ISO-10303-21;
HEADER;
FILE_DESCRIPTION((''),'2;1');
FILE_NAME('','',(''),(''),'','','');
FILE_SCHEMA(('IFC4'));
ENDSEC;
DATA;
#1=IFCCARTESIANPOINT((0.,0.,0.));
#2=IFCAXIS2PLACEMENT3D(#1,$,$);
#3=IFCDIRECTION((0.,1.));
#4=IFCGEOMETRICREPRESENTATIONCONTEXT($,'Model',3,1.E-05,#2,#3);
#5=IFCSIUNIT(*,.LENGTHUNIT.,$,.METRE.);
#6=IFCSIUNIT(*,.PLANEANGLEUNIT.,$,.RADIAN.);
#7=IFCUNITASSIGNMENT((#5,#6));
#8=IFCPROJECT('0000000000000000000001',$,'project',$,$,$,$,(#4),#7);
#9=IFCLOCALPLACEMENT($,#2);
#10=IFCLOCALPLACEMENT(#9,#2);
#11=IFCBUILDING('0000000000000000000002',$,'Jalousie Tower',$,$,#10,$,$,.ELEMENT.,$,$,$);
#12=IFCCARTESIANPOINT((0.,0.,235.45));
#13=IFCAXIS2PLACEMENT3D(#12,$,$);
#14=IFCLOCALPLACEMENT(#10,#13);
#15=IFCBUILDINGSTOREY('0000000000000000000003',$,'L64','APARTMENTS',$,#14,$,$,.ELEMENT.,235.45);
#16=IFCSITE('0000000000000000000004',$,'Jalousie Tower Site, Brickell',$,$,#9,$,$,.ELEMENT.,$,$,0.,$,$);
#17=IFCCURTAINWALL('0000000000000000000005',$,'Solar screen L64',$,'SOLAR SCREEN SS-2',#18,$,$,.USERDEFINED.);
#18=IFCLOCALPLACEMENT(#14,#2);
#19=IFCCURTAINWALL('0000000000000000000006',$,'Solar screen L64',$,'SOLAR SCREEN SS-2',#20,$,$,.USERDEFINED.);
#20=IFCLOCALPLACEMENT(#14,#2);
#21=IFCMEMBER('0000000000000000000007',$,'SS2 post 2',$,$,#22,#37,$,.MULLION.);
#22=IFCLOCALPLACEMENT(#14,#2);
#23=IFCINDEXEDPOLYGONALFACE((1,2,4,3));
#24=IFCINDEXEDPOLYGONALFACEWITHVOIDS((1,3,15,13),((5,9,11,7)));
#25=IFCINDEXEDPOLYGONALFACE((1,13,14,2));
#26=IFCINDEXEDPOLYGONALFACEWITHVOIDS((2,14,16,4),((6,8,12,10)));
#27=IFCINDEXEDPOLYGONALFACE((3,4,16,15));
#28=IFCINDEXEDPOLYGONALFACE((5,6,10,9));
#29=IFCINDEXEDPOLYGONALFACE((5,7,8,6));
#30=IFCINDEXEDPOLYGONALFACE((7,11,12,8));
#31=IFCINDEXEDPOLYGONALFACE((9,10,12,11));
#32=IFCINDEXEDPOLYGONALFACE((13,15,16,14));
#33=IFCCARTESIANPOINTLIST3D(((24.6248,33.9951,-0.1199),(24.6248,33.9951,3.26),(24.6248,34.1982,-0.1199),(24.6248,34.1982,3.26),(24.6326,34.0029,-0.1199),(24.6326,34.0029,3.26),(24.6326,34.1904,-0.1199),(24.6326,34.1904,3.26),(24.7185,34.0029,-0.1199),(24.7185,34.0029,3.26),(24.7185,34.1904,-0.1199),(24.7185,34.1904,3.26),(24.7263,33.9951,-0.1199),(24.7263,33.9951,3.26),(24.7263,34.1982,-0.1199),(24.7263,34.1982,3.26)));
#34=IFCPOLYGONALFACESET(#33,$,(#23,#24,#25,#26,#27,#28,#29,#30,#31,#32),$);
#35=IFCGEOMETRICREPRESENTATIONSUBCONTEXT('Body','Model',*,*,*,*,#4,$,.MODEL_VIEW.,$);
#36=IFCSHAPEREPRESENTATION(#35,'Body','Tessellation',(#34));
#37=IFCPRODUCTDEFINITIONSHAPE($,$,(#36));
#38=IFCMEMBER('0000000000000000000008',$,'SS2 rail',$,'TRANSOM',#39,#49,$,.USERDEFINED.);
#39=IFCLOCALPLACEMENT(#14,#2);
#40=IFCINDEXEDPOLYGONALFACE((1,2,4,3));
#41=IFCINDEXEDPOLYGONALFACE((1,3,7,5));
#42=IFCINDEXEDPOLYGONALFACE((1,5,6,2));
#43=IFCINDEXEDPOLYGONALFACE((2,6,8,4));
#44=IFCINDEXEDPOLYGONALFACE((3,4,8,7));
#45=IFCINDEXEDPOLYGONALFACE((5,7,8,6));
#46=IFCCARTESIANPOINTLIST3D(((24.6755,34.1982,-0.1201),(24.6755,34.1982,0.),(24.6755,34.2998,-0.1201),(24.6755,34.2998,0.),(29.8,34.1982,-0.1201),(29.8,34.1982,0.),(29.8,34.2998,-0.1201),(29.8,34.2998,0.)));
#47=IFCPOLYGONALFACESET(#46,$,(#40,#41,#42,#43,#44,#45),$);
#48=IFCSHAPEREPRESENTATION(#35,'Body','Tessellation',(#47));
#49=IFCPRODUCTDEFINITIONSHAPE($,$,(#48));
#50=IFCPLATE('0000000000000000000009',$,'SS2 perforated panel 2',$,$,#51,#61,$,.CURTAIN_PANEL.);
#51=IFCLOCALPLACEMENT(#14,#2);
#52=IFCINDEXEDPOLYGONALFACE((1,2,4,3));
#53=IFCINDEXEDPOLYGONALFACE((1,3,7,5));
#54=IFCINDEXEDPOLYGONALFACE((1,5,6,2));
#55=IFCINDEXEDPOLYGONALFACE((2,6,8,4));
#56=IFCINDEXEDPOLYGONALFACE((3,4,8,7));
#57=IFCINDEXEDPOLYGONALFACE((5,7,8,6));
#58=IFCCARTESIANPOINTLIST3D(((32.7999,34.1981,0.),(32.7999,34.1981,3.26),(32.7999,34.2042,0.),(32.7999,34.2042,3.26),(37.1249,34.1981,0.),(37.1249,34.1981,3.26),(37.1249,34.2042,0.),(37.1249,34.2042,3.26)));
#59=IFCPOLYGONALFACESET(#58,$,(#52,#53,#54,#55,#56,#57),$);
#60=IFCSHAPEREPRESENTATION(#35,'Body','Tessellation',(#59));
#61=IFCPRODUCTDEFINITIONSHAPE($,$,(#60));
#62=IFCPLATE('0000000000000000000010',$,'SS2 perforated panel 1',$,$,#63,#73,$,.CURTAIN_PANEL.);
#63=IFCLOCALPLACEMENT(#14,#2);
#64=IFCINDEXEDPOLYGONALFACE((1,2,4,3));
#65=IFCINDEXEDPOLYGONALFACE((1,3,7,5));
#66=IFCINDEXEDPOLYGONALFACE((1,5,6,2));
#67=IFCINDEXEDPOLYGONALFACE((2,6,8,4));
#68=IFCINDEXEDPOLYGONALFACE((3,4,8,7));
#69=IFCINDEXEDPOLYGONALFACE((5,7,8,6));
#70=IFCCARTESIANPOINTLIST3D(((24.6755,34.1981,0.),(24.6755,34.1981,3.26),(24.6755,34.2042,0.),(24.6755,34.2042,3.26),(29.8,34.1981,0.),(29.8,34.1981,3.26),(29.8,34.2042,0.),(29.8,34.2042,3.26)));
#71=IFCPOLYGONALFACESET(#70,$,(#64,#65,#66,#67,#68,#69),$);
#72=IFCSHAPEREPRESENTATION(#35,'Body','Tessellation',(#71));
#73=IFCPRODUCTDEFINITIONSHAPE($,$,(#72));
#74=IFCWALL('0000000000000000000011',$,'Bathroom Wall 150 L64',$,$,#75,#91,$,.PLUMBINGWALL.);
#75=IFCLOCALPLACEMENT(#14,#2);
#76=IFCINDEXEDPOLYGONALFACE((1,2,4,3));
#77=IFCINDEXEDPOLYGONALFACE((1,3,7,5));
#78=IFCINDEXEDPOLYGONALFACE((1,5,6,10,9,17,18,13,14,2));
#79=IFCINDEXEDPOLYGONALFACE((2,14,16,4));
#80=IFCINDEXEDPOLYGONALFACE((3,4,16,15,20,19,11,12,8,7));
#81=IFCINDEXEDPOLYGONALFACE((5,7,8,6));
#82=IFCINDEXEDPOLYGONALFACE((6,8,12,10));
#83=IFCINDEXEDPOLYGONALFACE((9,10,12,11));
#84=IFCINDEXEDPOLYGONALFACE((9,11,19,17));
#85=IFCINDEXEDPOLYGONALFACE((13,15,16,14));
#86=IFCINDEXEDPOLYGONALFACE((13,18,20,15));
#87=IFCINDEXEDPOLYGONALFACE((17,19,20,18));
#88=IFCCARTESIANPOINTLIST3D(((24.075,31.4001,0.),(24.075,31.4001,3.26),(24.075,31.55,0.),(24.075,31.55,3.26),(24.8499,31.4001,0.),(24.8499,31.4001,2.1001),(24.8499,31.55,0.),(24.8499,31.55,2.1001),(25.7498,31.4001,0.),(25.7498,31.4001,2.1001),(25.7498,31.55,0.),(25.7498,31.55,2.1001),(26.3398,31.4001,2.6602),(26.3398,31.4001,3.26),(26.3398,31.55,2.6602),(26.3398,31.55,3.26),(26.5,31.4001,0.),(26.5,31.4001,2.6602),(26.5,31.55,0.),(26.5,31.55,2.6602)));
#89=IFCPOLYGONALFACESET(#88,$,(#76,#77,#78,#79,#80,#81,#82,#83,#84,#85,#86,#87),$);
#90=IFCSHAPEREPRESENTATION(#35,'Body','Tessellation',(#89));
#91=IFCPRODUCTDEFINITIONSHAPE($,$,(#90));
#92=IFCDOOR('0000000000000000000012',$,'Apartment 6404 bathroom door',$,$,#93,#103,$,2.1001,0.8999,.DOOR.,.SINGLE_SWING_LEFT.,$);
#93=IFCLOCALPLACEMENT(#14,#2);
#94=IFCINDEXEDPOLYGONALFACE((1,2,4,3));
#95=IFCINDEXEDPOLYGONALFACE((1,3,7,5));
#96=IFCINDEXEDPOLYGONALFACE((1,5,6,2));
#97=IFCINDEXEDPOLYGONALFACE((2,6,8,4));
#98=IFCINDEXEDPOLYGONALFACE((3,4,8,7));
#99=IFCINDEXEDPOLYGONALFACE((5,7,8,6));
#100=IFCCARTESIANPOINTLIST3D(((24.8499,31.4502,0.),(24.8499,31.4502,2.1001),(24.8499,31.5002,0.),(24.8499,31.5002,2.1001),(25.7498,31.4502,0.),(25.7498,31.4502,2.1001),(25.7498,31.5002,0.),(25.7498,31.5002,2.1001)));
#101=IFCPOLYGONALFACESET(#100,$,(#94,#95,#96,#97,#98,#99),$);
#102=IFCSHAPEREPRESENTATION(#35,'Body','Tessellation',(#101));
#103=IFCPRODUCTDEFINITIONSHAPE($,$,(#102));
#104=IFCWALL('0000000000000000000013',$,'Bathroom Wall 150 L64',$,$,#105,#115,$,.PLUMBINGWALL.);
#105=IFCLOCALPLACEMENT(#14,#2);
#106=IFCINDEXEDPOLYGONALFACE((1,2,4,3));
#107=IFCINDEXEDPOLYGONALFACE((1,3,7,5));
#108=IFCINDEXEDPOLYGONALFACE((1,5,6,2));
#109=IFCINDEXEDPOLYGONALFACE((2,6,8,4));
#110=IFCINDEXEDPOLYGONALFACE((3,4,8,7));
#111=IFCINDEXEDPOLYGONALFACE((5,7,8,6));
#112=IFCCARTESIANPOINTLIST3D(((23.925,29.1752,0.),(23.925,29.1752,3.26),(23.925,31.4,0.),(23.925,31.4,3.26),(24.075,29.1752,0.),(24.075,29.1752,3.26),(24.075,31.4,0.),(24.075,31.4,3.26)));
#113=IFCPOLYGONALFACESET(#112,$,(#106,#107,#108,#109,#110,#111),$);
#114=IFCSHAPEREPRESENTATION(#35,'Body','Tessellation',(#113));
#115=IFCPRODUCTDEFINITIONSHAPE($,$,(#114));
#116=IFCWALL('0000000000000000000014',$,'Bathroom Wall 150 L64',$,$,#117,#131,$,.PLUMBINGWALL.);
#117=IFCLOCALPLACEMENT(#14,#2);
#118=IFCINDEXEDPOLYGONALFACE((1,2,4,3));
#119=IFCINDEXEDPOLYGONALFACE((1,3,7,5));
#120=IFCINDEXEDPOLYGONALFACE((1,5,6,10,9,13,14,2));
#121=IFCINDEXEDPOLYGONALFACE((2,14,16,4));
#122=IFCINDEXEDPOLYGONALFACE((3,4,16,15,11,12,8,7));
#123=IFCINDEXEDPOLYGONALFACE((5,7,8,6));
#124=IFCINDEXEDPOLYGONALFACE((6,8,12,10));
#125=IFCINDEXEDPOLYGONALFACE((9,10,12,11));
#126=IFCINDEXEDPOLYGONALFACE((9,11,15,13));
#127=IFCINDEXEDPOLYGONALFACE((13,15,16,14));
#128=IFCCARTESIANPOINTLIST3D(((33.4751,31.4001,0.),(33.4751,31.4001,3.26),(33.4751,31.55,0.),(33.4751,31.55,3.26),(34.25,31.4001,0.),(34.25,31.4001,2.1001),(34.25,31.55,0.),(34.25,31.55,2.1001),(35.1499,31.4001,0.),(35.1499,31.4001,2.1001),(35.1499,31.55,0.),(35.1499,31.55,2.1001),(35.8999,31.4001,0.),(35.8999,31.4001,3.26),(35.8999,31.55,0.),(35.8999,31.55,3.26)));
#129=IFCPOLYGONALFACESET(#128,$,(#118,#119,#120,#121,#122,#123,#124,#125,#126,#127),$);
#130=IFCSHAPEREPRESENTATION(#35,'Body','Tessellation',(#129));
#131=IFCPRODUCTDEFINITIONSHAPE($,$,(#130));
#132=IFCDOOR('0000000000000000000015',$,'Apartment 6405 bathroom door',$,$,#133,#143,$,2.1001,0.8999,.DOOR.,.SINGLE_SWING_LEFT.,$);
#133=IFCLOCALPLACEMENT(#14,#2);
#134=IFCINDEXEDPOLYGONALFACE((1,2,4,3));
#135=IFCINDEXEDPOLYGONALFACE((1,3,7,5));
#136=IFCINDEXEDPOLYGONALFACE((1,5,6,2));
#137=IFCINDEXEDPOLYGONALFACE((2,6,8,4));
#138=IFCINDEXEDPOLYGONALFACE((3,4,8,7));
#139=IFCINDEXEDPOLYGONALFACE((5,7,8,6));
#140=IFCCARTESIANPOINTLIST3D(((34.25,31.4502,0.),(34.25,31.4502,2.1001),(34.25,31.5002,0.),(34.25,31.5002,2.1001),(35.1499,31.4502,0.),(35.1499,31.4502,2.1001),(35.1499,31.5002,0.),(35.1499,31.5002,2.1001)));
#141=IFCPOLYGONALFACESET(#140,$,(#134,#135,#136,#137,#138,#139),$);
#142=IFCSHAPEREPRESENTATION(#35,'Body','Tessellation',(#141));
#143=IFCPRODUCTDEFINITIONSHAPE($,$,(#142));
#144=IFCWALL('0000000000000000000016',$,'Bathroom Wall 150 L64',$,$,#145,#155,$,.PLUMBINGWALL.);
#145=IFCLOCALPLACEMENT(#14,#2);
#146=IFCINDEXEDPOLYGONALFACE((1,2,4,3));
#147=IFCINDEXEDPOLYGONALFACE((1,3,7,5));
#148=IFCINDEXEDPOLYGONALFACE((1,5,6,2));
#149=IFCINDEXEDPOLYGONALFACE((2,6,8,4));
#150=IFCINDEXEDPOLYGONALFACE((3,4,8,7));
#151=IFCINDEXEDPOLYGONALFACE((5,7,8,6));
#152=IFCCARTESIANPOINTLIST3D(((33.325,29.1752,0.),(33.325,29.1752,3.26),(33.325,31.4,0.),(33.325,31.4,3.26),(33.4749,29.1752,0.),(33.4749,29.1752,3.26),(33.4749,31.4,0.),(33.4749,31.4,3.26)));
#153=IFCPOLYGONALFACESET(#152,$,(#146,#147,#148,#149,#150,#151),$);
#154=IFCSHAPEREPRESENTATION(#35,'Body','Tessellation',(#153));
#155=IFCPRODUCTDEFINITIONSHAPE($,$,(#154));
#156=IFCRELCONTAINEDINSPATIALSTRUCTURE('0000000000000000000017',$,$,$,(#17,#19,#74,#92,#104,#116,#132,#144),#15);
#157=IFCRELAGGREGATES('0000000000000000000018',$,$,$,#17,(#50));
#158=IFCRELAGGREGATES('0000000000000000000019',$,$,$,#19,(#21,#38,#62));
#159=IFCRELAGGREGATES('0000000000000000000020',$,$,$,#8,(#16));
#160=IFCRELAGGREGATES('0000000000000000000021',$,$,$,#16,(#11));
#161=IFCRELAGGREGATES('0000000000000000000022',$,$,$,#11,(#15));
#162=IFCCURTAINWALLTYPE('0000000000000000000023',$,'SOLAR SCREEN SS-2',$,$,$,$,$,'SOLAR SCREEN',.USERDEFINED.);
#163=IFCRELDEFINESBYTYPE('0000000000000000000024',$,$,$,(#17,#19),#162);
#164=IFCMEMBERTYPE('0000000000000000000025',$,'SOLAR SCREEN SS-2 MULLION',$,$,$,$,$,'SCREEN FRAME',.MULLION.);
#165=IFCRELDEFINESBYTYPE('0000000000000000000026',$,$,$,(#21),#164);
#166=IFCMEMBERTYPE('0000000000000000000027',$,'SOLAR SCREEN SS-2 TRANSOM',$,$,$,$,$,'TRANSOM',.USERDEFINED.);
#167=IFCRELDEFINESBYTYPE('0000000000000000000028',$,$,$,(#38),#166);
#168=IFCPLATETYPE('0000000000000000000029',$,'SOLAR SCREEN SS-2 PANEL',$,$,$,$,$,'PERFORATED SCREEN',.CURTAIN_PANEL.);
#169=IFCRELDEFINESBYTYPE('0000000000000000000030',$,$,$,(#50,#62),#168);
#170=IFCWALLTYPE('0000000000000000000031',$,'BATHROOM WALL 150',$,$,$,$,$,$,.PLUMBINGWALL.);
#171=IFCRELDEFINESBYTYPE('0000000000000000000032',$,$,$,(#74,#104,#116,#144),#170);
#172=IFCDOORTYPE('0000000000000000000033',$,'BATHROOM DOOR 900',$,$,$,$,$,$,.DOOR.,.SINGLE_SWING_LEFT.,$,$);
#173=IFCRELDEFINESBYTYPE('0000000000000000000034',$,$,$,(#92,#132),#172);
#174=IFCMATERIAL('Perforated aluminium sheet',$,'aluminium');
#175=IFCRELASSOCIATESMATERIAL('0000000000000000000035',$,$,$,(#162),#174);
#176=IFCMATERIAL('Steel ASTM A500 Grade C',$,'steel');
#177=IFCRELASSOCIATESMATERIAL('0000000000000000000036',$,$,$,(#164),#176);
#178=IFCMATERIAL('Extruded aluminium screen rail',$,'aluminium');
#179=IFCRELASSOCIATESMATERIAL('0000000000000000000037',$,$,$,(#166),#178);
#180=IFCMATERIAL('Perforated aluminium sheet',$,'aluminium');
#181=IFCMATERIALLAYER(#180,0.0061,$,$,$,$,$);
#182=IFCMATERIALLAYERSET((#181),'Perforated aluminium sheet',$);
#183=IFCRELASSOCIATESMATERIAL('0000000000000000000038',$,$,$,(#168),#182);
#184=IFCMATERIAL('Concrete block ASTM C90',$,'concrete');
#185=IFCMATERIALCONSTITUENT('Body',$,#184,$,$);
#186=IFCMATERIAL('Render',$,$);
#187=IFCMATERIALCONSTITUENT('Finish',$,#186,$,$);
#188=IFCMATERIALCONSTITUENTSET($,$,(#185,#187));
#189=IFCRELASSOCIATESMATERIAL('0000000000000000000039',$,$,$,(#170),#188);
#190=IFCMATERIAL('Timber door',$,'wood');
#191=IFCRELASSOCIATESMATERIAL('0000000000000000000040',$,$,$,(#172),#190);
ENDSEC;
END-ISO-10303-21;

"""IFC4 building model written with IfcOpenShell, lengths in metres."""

from ifc_helpers import new_model, si_unit, direction, frame, frame_2d, origin, origin_2d, place, context, subcontext, project, spatial, polyline, rectangle, hollow_rectangle, outline, extrude, material, layer, layer_set, constituent, constituent_set, material_profile, profile_set, type_object, element, fill, aggregate, save


model = new_model("IFC4")

# Units and contexts
model_context = context("Model", 3, precision=1e-05, world=origin(), true_north=direction((0.0, 1.0)))
body_context = subcontext(model_context, "Body", "Model", "MODEL_VIEW")
ifc_project = project(units=[si_unit("LENGTHUNIT", "METRE"), si_unit("PLANEANGLEUNIT", "RADIAN")], contexts=[model_context])

# Site, building, storey
site_placement = place(None, origin())
site = spatial("IfcSite", under=ifc_project, at=site_placement, Name="Jalousie Tower Site, Brickell", CompositionType="ELEMENT", RefElevation=0.0)
building_placement = place(site_placement, origin())
building = spatial("IfcBuilding", under=site, at=building_placement, Name="Jalousie Tower", CompositionType="ELEMENT")
storey_placement = place(building_placement, frame((0.0, 0.0, 235.45)))
storey = spatial("IfcBuildingStorey", under=building, at=storey_placement, Name="L64", Description="APARTMENTS", CompositionType="ELEMENT", Elevation=235.45)

# Curtain wall
ifc_material_1 = material(Name="Perforated aluminium sheet", Category="aluminium")
curtain_wall_type = type_object("IfcCurtainWallType", Name="SOLAR SCREEN SS-2", ElementType="SOLAR SCREEN", PredefinedType="USERDEFINED", material=ifc_material_1)
curtain_wall_1_placement = place(storey_placement, origin())
curtain_wall_1 = element("IfcCurtainWall", 1, at=curtain_wall_1_placement, inside=storey, type_object=curtain_wall_type, Name="Solar screen L64", ObjectType="SOLAR SCREEN SS-2", PredefinedType="USERDEFINED")
ifc_material_2 = material(Name="Steel ASTM A500 Grade C", Category="steel")
ifc_material_profile_1 = material_profile(ifc_material_2, hollow_rectangle(XDim=0.1016, YDim=0.2031, WallThickness=0.0078, at=origin_2d()), Name="HSS8X4X5/16")
ifc_profile_set_1 = profile_set([ifc_material_profile_1], Name="Steel ASTM A500 Grade C")
member_type_1 = type_object("IfcMemberType", Name="SOLAR SCREEN SS-2 MULLION", ElementType="SCREEN FRAME", PredefinedType="MULLION", material=ifc_profile_set_1)

# Curtain wall, members
curtain_wall_2_placement = place(storey_placement, origin())
curtain_wall_2 = element("IfcCurtainWall", 2, at=curtain_wall_2_placement, inside=storey, type_object=curtain_wall_type, Name="Solar screen L64", ObjectType="SOLAR SCREEN SS-2", PredefinedType="USERDEFINED")
member_1_placement = place(storey_placement, frame((24.6755, 34.0967, -0.1199), z_axis=(0.0, 0.0, 1.0), x_axis=(-1.0, 0.0, 0.0)))
member_1 = element("IfcMember", 3, at=member_1_placement, type_object=member_type_1, Name="SS2 post 2", PredefinedType="MULLION", context=body_context, shape_type="SweptSolid", body=[
    extrude(hollow_rectangle(XDim=0.1016, YDim=0.2031, WallThickness=0.0078, at=origin_2d()), origin(), (0.0, 0.0, 1.0), 3.3799),
])
ifc_material_3 = material(Name="Extruded aluminium screen rail", Category="aluminium")
ifc_material_profile_2 = material_profile(ifc_material_3, rectangle(XDim=0.1016, YDim=0.1201, at=origin_2d()), Name="RAIL 102x120")
ifc_profile_set_2 = profile_set([ifc_material_profile_2], Name="Extruded aluminium screen rail")
member_type_2 = type_object("IfcMemberType", Name="SOLAR SCREEN SS-2 TRANSOM", ElementType="TRANSOM", PredefinedType="USERDEFINED", material=ifc_profile_set_2)
member_2_placement = place(storey_placement, frame((29.8, 34.249, -0.0601), z_axis=(-1.0, 0.0, 0.0), x_axis=(0.0, -1.0, 0.0)))
member_2 = element("IfcMember", 4, at=member_2_placement, type_object=member_type_2, Name="SS2 rail", ObjectType="TRANSOM", PredefinedType="USERDEFINED", context=body_context, shape_type="SweptSolid", body=[
    extrude(rectangle(XDim=0.1016, YDim=0.1201, at=origin_2d()), origin(), (0.0, 0.0, 1.0), 5.1245),
])

# Plates
ifc_material_4 = material(Name="Perforated aluminium sheet", Category="aluminium")
ifc_layer = layer(ifc_material_4, 0.0061)
ifc_layer_set = layer_set([ifc_layer], Name="Perforated aluminium sheet")
plate_type = type_object("IfcPlateType", Name="SOLAR SCREEN SS-2 PANEL", ElementType="PERFORATED SCREEN", PredefinedType="CURTAIN_PANEL", material=ifc_layer_set)
plate_1_placement = place(storey_placement, frame((34.9624, 34.2012, 0.0), z_axis=(0.0, 0.0, 1.0), x_axis=(-1.0, 0.0, 0.0)))
plate_1 = element("IfcPlate", 5, at=plate_1_placement, type_object=plate_type, Name="SS2 perforated panel 2", PredefinedType="CURTAIN_PANEL", context=body_context, shape_type="SweptSolid", body=[
    extrude(rectangle(XDim=4.325, YDim=0.0061, at=origin_2d()), origin(), (0.0, 0.0, 1.0), 3.26),
])
aggregate(curtain_wall_1, [plate_1])
plate_2_placement = place(storey_placement, frame((27.2378, 34.2012, 0.0), z_axis=(0.0, 0.0, 1.0), x_axis=(-1.0, 0.0, 0.0)))
plate_2 = element("IfcPlate", 6, at=plate_2_placement, type_object=plate_type, Name="SS2 perforated panel 1", PredefinedType="CURTAIN_PANEL", context=body_context, shape_type="SweptSolid", body=[
    extrude(rectangle(XDim=5.1245, YDim=0.0061, at=origin_2d()), origin(), (0.0, 0.0, 1.0), 3.26),
])
aggregate(curtain_wall_2, [member_1, member_2, plate_2])

# Wall, opening, door
ifc_material_5 = material(Name="Concrete block ASTM C90", Category="concrete")
ifc_constituent_1 = constituent(ifc_material_5, Name="Body")
ifc_material_6 = material(Name="Render")
ifc_constituent_2 = constituent(ifc_material_6, Name="Finish")
ifc_constituent_set_1 = constituent_set(constituents=[ifc_constituent_1, ifc_constituent_2])
wall_type_1 = type_object("IfcWallType", Name="BATHROOM WALL 150", PredefinedType="PLUMBINGWALL", material=ifc_constituent_set_1)
wall_1_placement = place(storey_placement, frame((24.075, 31.4751, 0.0), z_axis=(0.0, 0.0, 1.0), x_axis=(1.0, 0.0, 0.0)))
wall_1 = element("IfcWall", 7, at=wall_1_placement, inside=storey, type_object=wall_type_1, Name="Bathroom Wall 150 L64", PredefinedType="PLUMBINGWALL", context=body_context, shape_type="SweptSolid", body=[
    extrude(outline(polyline([(0.0, 0.0), (2.425, 0.0), (2.425, 3.26), (2.425, 2.6602), (2.2649, 2.6602), (2.2649, 3.26), (0.0, 3.26), (0.0, 0.0)])), frame((0.0, 0.075, 0.0), z_axis=(0.0, -1.0, 0.0), x_axis=(1.0, 0.0, 0.0)), (0.0, 0.0, 1.0), 0.1499),
])
opening_1_placement = place(wall_1_placement, frame((0.7749, 0.0, 0.0)))
opening_1 = element("IfcOpeningElement", 8, at=opening_1_placement, cuts=wall_1, PredefinedType="OPENING", context=body_context, shape_type="SweptSolid", body=[
    extrude(rectangle(XDim=0.8999, YDim=2.1001, at=frame_2d((0.45, 1.05))), frame((0.0, 0.085, 0.0), z_axis=(0.0, -1.0, 0.0), x_axis=(1.0, 0.0, 0.0)), (0.0, 0.0, 1.0), 0.1699),
])
ifc_material_7 = material(Name="Timber door", Category="wood")
door_type_1 = type_object("IfcDoorType", Name="BATHROOM DOOR 900", OperationType="SINGLE_SWING_LEFT", PredefinedType="DOOR", material=ifc_material_7)
door_1_placement = place(opening_1_placement, frame((0.8999, 0.0, 0.0), z_axis=(0.0, 0.0, 1.0), x_axis=(-1.0, 0.0, 0.0)))
door_1 = element("IfcDoor", 9, at=door_1_placement, inside=storey, type_object=door_type_1, Name="Apartment 6404 bathroom door", OperationType="SINGLE_SWING_LEFT", OverallHeight=2.1001, OverallWidth=0.8999, PredefinedType="DOOR", context=body_context, shape_type="SweptSolid", body=[
    extrude(rectangle(XDim=0.8999, YDim=2.1001, at=frame_2d((0.45, 1.05))), frame((0.0, 0.0249, 0.0), z_axis=(0.0, -1.0, 0.0), x_axis=(1.0, 0.0, 0.0)), (0.0, 0.0, 1.0), 0.05),
])
fill(opening_1, door_1)

# Wall
wall_2_placement = place(storey_placement, frame((24.0, 31.3999, 0.0), z_axis=(0.0, 0.0, 1.0), x_axis=(0.0, -1.0, 0.0)))
element("IfcWall", 10, at=wall_2_placement, inside=storey, type_object=wall_type_1, Name="Bathroom Wall 150 L64", PredefinedType="PLUMBINGWALL", context=body_context, shape_type="SweptSolid", body=[
    extrude(rectangle(XDim=2.2249, YDim=0.1499, at=frame_2d((1.1123, 0.0))), origin(), (0.0, 0.0, 1.0), 3.26),
])

# Wall, opening, door
wall_3_placement = place(storey_placement, frame((33.4751, 31.4751, 0.0), z_axis=(0.0, 0.0, 1.0), x_axis=(1.0, 0.0, 0.0)))
wall_3 = element("IfcWall", 11, at=wall_3_placement, inside=storey, type_object=wall_type_1, Name="Bathroom Wall 150 L64", PredefinedType="PLUMBINGWALL", context=body_context, shape_type="SweptSolid", body=[
    extrude(rectangle(XDim=2.4248, YDim=0.1499, at=frame_2d((1.2124, 0.0))), origin(), (0.0, 0.0, 1.0), 3.26),
])
opening_2_placement = place(wall_3_placement, frame((0.7749, 0.0, 0.0)))
opening_2 = element("IfcOpeningElement", 12, at=opening_2_placement, cuts=wall_3, PredefinedType="OPENING", context=body_context, shape_type="SweptSolid", body=[
    extrude(rectangle(XDim=0.8999, YDim=2.1001, at=frame_2d((0.45, 1.05))), frame((0.0, 0.085, 0.0), z_axis=(0.0, -1.0, 0.0), x_axis=(1.0, 0.0, 0.0)), (0.0, 0.0, 1.0), 0.1699),
])
door_2_placement = place(opening_2_placement, frame((0.8999, 0.0, 0.0), z_axis=(0.0, 0.0, 1.0), x_axis=(-1.0, 0.0, 0.0)))
door_2 = element("IfcDoor", 13, at=door_2_placement, inside=storey, type_object=door_type_1, Name="Apartment 6405 bathroom door", OperationType="SINGLE_SWING_LEFT", OverallHeight=2.1001, OverallWidth=0.8999, PredefinedType="DOOR", context=body_context, shape_type="SweptSolid", body=[
    extrude(rectangle(XDim=0.8999, YDim=2.1001, at=frame_2d((0.45, 1.05))), frame((0.0, 0.0249, 0.0), z_axis=(0.0, -1.0, 0.0), x_axis=(1.0, 0.0, 0.0)), (0.0, 0.0, 1.0), 0.05),
])
fill(opening_2, door_2)

# Wall
wall_4_placement = place(storey_placement, frame((33.3999, 31.3999, 0.0), z_axis=(0.0, 0.0, 1.0), x_axis=(0.0, -1.0, 0.0)))
element("IfcWall", 14, at=wall_4_placement, inside=storey, type_object=wall_type_1, Name="Bathroom Wall 150 L64", PredefinedType="PLUMBINGWALL", context=body_context, shape_type="SweptSolid", body=[
    extrude(rectangle(XDim=2.2249, YDim=0.1499, at=frame_2d((1.1123, 0.0))), origin(), (0.0, 0.0, 1.0), 3.26),
])

save(model, "model.ifc")
